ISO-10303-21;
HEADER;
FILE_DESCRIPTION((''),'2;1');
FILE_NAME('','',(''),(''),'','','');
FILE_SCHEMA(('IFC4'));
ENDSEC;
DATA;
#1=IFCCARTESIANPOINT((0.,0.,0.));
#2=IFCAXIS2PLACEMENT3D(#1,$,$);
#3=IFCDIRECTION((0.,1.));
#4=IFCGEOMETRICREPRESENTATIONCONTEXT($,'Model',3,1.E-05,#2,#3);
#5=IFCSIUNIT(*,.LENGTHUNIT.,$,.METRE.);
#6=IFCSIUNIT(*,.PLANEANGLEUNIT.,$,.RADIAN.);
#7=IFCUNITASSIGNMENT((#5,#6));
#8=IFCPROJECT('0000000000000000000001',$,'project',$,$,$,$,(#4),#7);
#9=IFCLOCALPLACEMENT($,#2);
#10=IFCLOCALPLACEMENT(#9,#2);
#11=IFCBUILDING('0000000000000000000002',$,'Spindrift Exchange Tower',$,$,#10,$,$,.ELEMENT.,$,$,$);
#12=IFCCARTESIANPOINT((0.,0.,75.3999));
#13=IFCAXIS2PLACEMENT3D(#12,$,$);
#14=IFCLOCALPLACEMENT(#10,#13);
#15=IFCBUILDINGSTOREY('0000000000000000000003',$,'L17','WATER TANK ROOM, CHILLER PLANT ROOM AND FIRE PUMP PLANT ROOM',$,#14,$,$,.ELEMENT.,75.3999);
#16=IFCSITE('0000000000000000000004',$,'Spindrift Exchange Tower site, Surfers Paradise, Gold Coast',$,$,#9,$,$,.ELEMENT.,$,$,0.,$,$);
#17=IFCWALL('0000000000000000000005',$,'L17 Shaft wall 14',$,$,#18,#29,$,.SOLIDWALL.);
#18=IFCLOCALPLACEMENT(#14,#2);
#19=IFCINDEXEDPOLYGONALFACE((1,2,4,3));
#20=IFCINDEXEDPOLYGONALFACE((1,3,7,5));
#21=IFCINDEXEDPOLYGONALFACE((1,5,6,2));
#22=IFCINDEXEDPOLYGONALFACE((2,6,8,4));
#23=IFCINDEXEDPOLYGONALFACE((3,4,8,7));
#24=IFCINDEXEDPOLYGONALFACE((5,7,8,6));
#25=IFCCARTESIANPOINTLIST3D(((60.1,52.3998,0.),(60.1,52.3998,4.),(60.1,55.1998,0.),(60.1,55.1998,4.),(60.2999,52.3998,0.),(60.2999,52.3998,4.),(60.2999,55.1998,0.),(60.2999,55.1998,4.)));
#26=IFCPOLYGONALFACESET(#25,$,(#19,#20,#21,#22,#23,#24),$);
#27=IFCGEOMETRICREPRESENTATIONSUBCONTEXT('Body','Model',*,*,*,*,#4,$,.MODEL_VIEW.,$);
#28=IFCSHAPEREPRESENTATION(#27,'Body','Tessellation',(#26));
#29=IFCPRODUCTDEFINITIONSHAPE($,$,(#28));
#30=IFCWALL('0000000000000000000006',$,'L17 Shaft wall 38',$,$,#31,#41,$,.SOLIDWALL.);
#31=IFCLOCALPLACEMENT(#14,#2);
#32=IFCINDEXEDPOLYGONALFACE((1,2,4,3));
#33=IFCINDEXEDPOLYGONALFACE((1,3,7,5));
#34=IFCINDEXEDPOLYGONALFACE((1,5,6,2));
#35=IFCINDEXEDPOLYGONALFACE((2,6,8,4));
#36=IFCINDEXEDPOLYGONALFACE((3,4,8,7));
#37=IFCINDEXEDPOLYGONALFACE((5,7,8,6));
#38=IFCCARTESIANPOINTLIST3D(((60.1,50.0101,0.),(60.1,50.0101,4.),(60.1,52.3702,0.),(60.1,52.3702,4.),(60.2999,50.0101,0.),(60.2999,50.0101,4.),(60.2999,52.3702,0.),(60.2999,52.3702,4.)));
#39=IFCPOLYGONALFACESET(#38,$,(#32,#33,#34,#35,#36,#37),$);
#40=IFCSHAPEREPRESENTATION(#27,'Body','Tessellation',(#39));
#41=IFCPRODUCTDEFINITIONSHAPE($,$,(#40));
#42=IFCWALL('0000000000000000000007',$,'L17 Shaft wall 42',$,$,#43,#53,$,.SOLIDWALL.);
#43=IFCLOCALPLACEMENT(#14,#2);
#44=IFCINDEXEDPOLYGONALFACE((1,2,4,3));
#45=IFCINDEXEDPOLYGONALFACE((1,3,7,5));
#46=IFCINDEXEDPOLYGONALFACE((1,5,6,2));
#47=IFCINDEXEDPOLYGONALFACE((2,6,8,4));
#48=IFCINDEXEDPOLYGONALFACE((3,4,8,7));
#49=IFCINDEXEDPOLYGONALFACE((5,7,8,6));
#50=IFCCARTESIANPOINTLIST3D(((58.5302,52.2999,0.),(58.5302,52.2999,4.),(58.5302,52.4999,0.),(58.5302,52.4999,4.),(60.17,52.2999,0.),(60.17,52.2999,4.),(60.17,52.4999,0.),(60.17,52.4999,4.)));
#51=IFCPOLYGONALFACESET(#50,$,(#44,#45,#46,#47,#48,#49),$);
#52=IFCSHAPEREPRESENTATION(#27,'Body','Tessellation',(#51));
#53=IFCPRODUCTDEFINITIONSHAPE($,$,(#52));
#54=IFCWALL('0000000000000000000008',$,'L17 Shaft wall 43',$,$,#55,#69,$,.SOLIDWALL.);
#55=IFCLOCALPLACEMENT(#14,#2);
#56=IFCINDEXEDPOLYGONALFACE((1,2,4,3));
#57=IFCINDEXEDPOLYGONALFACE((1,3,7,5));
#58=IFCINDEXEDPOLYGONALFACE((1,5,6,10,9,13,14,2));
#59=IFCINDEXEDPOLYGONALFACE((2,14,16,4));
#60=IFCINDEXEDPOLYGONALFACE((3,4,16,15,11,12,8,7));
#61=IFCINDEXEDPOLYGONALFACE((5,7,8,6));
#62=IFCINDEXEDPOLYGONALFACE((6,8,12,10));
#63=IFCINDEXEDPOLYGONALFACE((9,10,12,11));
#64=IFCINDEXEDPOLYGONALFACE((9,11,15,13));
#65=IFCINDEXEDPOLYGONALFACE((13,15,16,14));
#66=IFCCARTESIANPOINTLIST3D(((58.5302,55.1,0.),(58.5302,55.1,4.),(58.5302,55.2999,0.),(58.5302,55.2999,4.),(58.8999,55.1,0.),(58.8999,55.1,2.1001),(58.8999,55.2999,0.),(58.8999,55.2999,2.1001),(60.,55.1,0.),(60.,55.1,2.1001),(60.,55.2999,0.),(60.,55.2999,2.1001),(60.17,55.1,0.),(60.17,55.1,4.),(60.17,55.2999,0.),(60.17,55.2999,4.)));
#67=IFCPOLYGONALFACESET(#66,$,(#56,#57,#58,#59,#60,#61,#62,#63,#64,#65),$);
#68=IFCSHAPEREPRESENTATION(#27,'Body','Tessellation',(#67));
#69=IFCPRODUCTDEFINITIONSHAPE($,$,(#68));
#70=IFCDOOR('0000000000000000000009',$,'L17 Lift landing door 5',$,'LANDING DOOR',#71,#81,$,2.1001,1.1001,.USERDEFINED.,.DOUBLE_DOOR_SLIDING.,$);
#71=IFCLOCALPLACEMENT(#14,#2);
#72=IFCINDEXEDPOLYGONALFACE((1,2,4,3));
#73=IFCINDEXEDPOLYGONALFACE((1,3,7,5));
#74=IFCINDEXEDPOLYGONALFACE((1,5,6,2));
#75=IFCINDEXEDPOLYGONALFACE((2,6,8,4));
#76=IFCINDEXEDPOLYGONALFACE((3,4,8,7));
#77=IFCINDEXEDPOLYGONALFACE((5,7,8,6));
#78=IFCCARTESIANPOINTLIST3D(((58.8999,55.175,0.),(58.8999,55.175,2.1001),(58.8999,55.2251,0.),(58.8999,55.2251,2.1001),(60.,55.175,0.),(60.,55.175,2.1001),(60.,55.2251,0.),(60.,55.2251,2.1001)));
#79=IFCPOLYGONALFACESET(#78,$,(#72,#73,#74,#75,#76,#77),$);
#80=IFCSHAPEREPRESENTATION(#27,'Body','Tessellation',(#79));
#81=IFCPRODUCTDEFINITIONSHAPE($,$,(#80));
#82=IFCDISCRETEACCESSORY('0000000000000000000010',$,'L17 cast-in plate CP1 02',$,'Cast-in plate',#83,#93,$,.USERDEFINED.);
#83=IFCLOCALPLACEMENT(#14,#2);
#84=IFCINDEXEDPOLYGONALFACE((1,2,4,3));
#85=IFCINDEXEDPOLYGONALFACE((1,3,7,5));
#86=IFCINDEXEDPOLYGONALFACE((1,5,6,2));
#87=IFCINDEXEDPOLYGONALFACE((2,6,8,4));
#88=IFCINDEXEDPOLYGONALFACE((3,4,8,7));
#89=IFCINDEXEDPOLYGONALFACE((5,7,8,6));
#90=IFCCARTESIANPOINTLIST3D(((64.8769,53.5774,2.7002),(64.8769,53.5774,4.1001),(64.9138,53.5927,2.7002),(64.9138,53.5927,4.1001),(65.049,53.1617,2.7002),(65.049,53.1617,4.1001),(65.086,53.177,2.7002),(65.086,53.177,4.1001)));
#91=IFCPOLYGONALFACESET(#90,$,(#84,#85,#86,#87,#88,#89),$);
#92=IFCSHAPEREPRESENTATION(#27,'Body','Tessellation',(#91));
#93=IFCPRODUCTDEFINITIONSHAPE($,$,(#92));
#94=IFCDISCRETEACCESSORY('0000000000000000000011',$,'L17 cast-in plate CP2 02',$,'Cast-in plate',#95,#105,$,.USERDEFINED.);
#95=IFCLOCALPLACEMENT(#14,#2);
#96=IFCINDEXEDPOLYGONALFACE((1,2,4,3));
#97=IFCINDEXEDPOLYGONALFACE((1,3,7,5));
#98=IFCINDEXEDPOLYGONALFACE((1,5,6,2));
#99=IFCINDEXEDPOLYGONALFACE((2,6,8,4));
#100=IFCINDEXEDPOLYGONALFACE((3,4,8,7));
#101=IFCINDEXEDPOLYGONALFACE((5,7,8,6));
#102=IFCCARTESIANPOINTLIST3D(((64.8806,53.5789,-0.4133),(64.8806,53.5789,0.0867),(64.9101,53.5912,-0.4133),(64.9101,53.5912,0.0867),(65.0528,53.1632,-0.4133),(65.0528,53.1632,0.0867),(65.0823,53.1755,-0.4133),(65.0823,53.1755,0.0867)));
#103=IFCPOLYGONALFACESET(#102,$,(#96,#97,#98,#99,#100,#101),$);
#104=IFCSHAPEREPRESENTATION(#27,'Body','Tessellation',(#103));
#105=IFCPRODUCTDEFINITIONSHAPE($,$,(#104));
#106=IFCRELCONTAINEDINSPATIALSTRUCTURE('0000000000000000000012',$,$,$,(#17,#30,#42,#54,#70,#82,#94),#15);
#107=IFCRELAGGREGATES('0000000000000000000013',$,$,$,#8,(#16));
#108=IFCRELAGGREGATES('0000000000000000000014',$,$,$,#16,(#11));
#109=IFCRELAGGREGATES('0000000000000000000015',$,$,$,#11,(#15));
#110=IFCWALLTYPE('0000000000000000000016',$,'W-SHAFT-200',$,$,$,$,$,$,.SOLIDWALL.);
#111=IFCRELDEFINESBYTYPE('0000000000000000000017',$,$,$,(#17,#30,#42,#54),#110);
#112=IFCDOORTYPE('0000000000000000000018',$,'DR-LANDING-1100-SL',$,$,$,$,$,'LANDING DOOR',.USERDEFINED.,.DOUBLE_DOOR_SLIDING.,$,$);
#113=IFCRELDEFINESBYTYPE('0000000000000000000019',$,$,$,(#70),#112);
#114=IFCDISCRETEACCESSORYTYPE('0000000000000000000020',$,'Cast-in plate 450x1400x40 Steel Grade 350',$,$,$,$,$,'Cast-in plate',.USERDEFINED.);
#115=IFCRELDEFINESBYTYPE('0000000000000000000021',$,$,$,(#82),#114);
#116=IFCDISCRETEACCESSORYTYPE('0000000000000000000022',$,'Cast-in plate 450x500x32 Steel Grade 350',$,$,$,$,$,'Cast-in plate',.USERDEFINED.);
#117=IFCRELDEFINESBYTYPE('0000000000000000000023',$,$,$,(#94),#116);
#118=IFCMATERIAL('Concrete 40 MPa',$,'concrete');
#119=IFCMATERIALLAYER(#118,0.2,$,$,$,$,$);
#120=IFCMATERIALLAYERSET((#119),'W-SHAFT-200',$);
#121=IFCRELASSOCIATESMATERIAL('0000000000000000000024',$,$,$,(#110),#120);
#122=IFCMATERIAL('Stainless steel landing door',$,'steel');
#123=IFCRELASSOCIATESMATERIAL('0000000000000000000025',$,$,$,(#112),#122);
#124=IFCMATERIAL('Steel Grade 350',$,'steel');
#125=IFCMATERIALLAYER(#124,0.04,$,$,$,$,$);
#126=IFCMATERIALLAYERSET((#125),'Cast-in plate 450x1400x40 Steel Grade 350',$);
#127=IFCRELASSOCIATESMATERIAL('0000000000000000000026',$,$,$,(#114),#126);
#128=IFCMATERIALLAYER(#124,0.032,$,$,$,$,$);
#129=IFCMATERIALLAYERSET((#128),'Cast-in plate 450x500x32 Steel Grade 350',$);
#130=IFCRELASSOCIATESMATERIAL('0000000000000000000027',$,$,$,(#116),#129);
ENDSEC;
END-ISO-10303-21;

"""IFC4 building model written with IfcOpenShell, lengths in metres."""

from ifc_helpers import new_model, si_unit, direction, frame, frame_2d, origin, origin_2d, place, context, subcontext, project, spatial, rectangle, extrude, source, transform, mapped, material, layer, layer_set, type_object, element, fill, save


model = new_model("IFC4")

# Units and contexts
model_context = context("Model", 3, precision=1e-05, world=origin(), true_north=direction((0.0, 1.0)))
body_context = subcontext(model_context, "Body", "Model", "MODEL_VIEW")
ifc_project = project(units=[si_unit("LENGTHUNIT", "METRE"), si_unit("PLANEANGLEUNIT", "RADIAN")], contexts=[model_context])

# Site, building, storey
site_placement = place(None, origin())
site = spatial("IfcSite", under=ifc_project, at=site_placement, Name="Spindrift Exchange Tower site, Surfers Paradise, Gold Coast", CompositionType="ELEMENT", RefElevation=0.0)
building_placement = place(site_placement, origin())
building = spatial("IfcBuilding", under=site, at=building_placement, Name="Spindrift Exchange Tower", CompositionType="ELEMENT")
storey_placement = place(building_placement, frame((0.0, 0.0, 75.3999)))
storey = spatial("IfcBuildingStorey", under=building, at=storey_placement, Name="L17", Description="WATER TANK ROOM, CHILLER PLANT ROOM AND FIRE PUMP PLANT ROOM", CompositionType="ELEMENT", Elevation=75.3999)

# Walls
ifc_material_1 = material(Name="Concrete 40 MPa", Category="concrete")
ifc_layer_1 = layer(ifc_material_1, 0.2)
ifc_layer_set_1 = layer_set([ifc_layer_1], Name="W-SHAFT-200")
wall_type_1 = type_object("IfcWallType", Name="W-SHAFT-200", PredefinedType="SOLIDWALL", material=ifc_layer_set_1)
wall_1_placement = place(storey_placement, frame((60.2, 52.3999, 0.0), z_axis=(0.0, 0.0, 1.0), x_axis=(0.0, 1.0, 0.0)))
element("IfcWall", 1, at=wall_1_placement, inside=storey, type_object=wall_type_1, Name="L17 Shaft wall 14", PredefinedType="SOLIDWALL", context=body_context, shape_type="SweptSolid", body=[
    extrude(rectangle(XDim=2.8, YDim=0.2, at=frame_2d((1.3999, 0.0))), origin(), (0.0, 0.0, 1.0), 4.0),
])
wall_2_placement = place(storey_placement, frame((60.2, 50.01, 0.0), z_axis=(0.0, 0.0, 1.0), x_axis=(0.0, 1.0, 0.0)))
element("IfcWall", 2, at=wall_2_placement, inside=storey, type_object=wall_type_1, Name="L17 Shaft wall 38", PredefinedType="SOLIDWALL", context=body_context, shape_type="SweptSolid", body=[
    extrude(rectangle(XDim=2.3601, YDim=0.2, at=frame_2d((1.1802, 0.0))), origin(), (0.0, 0.0, 1.0), 4.0),
])
wall_3_placement = place(storey_placement, frame((60.1699, 52.3999, 0.0), z_axis=(0.0, 0.0, 1.0), x_axis=(-1.0, 0.0, 0.0)))
element("IfcWall", 3, at=wall_3_placement, inside=storey, type_object=wall_type_1, Name="L17 Shaft wall 42", PredefinedType="SOLIDWALL", context=body_context, shape_type="SweptSolid", body=[
    extrude(rectangle(XDim=1.6399, YDim=0.2, at=frame_2d((0.8198, 0.0))), origin(), (0.0, 0.0, 1.0), 4.0),
])

# Wall, opening, door
wall_4_placement = place(storey_placement, frame((60.1699, 55.2, 0.0), z_axis=(0.0, 0.0, 1.0), x_axis=(-1.0, 0.0, 0.0)))
wall_4 = element("IfcWall", 4, at=wall_4_placement, inside=storey, type_object=wall_type_1, Name="L17 Shaft wall 43", PredefinedType="SOLIDWALL", context=body_context, shape_type="SweptSolid", body=[
    extrude(rectangle(XDim=1.6399, YDim=0.2, at=frame_2d((0.8198, 0.0))), origin(), (0.0, 0.0, 1.0), 4.0),
])
opening_1_placement = place(wall_4_placement, frame((0.1699, 0.0, 0.0)))
opening_1 = element("IfcOpeningElement", 5, at=opening_1_placement, cuts=wall_4, PredefinedType="OPENING", context=body_context, shape_type="SweptSolid", body=[
    extrude(rectangle(XDim=1.1001, YDim=2.1001, at=frame_2d((0.55, 1.05))), frame((0.0, 0.1099, 0.0), z_axis=(0.0, -1.0, 0.0), x_axis=(1.0, 0.0, 0.0)), (0.0, 0.0, 1.0), 0.22),
])
ifc_material_2 = material(Name="Stainless steel landing door", Category="steel")
door_type_1 = type_object("IfcDoorType", Name="DR-LANDING-1100-SL", ElementType="LANDING DOOR", OperationType="DOUBLE_DOOR_SLIDING", PredefinedType="USERDEFINED", material=ifc_material_2)
shared_shape_1 = source(origin(), body_context, "Body", "SweptSolid", [
    extrude(rectangle(XDim=1.1001, YDim=2.1001, at=frame_2d((0.55, 1.05))), frame((0.0, 0.0249, 0.0), z_axis=(0.0, -1.0, 0.0), x_axis=(1.0, 0.0, 0.0)), (0.0, 0.0, 1.0), 0.05),
])
door_1_placement = place(opening_1_placement, origin())
door_1 = element("IfcDoor", 6, at=door_1_placement, inside=storey, type_object=door_type_1, Name="L17 Lift landing door 5", ObjectType="LANDING DOOR", OperationType="DOUBLE_DOOR_SLIDING", OverallHeight=2.1001, OverallWidth=1.1001, PredefinedType="USERDEFINED", context=body_context, shape_type="MappedRepresentation", body=[
    mapped(shared_shape_1, transform((0.0, 0.0, 0.0), scale=1.0)),
])
fill(opening_1, door_1)

# Discrete accessories
ifc_material_3 = material(Name="Steel Grade 350", Category="steel")
ifc_layer_2 = layer(ifc_material_3, 0.04)
ifc_layer_set_2 = layer_set([ifc_layer_2], Name="Cast-in plate 450x1400x40 Steel Grade 350")
discrete_accessory_type_1 = type_object("IfcDiscreteAccessoryType", Name="Cast-in plate 450x1400x40 Steel Grade 350", ElementType="Cast-in plate", PredefinedType="USERDEFINED", material=ifc_layer_set_2)
shared_shape_2 = source(origin(), body_context, "Body", "SweptSolid", [
    extrude(rectangle(XDim=0.04, YDim=0.45, at=origin_2d()), origin(), (0.0, 0.0, 1.0), 1.3999),
])
discrete_accessory_1_placement = place(storey_placement, frame((64.9814, 53.3772, 2.7002), z_axis=(0.0, 0.0, 1.0), x_axis=(0.92388, 0.382683, 0.0)))
element("IfcDiscreteAccessory", 7, at=discrete_accessory_1_placement, inside=storey, type_object=discrete_accessory_type_1, Name="L17 cast-in plate CP1 02", ObjectType="Cast-in plate", PredefinedType="USERDEFINED", context=body_context, shape_type="MappedRepresentation", body=[
    mapped(shared_shape_2, transform((0.0, 0.0, 0.0), scale=1.0)),
])
ifc_layer_3 = layer(ifc_material_3, 0.032)
ifc_layer_set_3 = layer_set([ifc_layer_3], Name="Cast-in plate 450x500x32 Steel Grade 350")
discrete_accessory_type_2 = type_object("IfcDiscreteAccessoryType", Name="Cast-in plate 450x500x32 Steel Grade 350", ElementType="Cast-in plate", PredefinedType="USERDEFINED", material=ifc_layer_set_3)
shared_shape_3 = source(origin(), body_context, "Body", "SweptSolid", [
    extrude(rectangle(XDim=0.032, YDim=0.45, at=origin_2d()), origin(), (0.0, 0.0, 1.0), 0.5),
])
discrete_accessory_2_placement = place(storey_placement, frame((64.9814, 53.3772, -0.4133), z_axis=(0.0, 0.0, 1.0), x_axis=(0.92388, 0.382683, 0.0)))
element("IfcDiscreteAccessory", 8, at=discrete_accessory_2_placement, inside=storey, type_object=discrete_accessory_type_2, Name="L17 cast-in plate CP2 02", ObjectType="Cast-in plate", PredefinedType="USERDEFINED", context=body_context, shape_type="MappedRepresentation", body=[
    mapped(shared_shape_3, transform((0.0, 0.0, 0.0), scale=1.0)),
])

save(model, "model.ifc")
